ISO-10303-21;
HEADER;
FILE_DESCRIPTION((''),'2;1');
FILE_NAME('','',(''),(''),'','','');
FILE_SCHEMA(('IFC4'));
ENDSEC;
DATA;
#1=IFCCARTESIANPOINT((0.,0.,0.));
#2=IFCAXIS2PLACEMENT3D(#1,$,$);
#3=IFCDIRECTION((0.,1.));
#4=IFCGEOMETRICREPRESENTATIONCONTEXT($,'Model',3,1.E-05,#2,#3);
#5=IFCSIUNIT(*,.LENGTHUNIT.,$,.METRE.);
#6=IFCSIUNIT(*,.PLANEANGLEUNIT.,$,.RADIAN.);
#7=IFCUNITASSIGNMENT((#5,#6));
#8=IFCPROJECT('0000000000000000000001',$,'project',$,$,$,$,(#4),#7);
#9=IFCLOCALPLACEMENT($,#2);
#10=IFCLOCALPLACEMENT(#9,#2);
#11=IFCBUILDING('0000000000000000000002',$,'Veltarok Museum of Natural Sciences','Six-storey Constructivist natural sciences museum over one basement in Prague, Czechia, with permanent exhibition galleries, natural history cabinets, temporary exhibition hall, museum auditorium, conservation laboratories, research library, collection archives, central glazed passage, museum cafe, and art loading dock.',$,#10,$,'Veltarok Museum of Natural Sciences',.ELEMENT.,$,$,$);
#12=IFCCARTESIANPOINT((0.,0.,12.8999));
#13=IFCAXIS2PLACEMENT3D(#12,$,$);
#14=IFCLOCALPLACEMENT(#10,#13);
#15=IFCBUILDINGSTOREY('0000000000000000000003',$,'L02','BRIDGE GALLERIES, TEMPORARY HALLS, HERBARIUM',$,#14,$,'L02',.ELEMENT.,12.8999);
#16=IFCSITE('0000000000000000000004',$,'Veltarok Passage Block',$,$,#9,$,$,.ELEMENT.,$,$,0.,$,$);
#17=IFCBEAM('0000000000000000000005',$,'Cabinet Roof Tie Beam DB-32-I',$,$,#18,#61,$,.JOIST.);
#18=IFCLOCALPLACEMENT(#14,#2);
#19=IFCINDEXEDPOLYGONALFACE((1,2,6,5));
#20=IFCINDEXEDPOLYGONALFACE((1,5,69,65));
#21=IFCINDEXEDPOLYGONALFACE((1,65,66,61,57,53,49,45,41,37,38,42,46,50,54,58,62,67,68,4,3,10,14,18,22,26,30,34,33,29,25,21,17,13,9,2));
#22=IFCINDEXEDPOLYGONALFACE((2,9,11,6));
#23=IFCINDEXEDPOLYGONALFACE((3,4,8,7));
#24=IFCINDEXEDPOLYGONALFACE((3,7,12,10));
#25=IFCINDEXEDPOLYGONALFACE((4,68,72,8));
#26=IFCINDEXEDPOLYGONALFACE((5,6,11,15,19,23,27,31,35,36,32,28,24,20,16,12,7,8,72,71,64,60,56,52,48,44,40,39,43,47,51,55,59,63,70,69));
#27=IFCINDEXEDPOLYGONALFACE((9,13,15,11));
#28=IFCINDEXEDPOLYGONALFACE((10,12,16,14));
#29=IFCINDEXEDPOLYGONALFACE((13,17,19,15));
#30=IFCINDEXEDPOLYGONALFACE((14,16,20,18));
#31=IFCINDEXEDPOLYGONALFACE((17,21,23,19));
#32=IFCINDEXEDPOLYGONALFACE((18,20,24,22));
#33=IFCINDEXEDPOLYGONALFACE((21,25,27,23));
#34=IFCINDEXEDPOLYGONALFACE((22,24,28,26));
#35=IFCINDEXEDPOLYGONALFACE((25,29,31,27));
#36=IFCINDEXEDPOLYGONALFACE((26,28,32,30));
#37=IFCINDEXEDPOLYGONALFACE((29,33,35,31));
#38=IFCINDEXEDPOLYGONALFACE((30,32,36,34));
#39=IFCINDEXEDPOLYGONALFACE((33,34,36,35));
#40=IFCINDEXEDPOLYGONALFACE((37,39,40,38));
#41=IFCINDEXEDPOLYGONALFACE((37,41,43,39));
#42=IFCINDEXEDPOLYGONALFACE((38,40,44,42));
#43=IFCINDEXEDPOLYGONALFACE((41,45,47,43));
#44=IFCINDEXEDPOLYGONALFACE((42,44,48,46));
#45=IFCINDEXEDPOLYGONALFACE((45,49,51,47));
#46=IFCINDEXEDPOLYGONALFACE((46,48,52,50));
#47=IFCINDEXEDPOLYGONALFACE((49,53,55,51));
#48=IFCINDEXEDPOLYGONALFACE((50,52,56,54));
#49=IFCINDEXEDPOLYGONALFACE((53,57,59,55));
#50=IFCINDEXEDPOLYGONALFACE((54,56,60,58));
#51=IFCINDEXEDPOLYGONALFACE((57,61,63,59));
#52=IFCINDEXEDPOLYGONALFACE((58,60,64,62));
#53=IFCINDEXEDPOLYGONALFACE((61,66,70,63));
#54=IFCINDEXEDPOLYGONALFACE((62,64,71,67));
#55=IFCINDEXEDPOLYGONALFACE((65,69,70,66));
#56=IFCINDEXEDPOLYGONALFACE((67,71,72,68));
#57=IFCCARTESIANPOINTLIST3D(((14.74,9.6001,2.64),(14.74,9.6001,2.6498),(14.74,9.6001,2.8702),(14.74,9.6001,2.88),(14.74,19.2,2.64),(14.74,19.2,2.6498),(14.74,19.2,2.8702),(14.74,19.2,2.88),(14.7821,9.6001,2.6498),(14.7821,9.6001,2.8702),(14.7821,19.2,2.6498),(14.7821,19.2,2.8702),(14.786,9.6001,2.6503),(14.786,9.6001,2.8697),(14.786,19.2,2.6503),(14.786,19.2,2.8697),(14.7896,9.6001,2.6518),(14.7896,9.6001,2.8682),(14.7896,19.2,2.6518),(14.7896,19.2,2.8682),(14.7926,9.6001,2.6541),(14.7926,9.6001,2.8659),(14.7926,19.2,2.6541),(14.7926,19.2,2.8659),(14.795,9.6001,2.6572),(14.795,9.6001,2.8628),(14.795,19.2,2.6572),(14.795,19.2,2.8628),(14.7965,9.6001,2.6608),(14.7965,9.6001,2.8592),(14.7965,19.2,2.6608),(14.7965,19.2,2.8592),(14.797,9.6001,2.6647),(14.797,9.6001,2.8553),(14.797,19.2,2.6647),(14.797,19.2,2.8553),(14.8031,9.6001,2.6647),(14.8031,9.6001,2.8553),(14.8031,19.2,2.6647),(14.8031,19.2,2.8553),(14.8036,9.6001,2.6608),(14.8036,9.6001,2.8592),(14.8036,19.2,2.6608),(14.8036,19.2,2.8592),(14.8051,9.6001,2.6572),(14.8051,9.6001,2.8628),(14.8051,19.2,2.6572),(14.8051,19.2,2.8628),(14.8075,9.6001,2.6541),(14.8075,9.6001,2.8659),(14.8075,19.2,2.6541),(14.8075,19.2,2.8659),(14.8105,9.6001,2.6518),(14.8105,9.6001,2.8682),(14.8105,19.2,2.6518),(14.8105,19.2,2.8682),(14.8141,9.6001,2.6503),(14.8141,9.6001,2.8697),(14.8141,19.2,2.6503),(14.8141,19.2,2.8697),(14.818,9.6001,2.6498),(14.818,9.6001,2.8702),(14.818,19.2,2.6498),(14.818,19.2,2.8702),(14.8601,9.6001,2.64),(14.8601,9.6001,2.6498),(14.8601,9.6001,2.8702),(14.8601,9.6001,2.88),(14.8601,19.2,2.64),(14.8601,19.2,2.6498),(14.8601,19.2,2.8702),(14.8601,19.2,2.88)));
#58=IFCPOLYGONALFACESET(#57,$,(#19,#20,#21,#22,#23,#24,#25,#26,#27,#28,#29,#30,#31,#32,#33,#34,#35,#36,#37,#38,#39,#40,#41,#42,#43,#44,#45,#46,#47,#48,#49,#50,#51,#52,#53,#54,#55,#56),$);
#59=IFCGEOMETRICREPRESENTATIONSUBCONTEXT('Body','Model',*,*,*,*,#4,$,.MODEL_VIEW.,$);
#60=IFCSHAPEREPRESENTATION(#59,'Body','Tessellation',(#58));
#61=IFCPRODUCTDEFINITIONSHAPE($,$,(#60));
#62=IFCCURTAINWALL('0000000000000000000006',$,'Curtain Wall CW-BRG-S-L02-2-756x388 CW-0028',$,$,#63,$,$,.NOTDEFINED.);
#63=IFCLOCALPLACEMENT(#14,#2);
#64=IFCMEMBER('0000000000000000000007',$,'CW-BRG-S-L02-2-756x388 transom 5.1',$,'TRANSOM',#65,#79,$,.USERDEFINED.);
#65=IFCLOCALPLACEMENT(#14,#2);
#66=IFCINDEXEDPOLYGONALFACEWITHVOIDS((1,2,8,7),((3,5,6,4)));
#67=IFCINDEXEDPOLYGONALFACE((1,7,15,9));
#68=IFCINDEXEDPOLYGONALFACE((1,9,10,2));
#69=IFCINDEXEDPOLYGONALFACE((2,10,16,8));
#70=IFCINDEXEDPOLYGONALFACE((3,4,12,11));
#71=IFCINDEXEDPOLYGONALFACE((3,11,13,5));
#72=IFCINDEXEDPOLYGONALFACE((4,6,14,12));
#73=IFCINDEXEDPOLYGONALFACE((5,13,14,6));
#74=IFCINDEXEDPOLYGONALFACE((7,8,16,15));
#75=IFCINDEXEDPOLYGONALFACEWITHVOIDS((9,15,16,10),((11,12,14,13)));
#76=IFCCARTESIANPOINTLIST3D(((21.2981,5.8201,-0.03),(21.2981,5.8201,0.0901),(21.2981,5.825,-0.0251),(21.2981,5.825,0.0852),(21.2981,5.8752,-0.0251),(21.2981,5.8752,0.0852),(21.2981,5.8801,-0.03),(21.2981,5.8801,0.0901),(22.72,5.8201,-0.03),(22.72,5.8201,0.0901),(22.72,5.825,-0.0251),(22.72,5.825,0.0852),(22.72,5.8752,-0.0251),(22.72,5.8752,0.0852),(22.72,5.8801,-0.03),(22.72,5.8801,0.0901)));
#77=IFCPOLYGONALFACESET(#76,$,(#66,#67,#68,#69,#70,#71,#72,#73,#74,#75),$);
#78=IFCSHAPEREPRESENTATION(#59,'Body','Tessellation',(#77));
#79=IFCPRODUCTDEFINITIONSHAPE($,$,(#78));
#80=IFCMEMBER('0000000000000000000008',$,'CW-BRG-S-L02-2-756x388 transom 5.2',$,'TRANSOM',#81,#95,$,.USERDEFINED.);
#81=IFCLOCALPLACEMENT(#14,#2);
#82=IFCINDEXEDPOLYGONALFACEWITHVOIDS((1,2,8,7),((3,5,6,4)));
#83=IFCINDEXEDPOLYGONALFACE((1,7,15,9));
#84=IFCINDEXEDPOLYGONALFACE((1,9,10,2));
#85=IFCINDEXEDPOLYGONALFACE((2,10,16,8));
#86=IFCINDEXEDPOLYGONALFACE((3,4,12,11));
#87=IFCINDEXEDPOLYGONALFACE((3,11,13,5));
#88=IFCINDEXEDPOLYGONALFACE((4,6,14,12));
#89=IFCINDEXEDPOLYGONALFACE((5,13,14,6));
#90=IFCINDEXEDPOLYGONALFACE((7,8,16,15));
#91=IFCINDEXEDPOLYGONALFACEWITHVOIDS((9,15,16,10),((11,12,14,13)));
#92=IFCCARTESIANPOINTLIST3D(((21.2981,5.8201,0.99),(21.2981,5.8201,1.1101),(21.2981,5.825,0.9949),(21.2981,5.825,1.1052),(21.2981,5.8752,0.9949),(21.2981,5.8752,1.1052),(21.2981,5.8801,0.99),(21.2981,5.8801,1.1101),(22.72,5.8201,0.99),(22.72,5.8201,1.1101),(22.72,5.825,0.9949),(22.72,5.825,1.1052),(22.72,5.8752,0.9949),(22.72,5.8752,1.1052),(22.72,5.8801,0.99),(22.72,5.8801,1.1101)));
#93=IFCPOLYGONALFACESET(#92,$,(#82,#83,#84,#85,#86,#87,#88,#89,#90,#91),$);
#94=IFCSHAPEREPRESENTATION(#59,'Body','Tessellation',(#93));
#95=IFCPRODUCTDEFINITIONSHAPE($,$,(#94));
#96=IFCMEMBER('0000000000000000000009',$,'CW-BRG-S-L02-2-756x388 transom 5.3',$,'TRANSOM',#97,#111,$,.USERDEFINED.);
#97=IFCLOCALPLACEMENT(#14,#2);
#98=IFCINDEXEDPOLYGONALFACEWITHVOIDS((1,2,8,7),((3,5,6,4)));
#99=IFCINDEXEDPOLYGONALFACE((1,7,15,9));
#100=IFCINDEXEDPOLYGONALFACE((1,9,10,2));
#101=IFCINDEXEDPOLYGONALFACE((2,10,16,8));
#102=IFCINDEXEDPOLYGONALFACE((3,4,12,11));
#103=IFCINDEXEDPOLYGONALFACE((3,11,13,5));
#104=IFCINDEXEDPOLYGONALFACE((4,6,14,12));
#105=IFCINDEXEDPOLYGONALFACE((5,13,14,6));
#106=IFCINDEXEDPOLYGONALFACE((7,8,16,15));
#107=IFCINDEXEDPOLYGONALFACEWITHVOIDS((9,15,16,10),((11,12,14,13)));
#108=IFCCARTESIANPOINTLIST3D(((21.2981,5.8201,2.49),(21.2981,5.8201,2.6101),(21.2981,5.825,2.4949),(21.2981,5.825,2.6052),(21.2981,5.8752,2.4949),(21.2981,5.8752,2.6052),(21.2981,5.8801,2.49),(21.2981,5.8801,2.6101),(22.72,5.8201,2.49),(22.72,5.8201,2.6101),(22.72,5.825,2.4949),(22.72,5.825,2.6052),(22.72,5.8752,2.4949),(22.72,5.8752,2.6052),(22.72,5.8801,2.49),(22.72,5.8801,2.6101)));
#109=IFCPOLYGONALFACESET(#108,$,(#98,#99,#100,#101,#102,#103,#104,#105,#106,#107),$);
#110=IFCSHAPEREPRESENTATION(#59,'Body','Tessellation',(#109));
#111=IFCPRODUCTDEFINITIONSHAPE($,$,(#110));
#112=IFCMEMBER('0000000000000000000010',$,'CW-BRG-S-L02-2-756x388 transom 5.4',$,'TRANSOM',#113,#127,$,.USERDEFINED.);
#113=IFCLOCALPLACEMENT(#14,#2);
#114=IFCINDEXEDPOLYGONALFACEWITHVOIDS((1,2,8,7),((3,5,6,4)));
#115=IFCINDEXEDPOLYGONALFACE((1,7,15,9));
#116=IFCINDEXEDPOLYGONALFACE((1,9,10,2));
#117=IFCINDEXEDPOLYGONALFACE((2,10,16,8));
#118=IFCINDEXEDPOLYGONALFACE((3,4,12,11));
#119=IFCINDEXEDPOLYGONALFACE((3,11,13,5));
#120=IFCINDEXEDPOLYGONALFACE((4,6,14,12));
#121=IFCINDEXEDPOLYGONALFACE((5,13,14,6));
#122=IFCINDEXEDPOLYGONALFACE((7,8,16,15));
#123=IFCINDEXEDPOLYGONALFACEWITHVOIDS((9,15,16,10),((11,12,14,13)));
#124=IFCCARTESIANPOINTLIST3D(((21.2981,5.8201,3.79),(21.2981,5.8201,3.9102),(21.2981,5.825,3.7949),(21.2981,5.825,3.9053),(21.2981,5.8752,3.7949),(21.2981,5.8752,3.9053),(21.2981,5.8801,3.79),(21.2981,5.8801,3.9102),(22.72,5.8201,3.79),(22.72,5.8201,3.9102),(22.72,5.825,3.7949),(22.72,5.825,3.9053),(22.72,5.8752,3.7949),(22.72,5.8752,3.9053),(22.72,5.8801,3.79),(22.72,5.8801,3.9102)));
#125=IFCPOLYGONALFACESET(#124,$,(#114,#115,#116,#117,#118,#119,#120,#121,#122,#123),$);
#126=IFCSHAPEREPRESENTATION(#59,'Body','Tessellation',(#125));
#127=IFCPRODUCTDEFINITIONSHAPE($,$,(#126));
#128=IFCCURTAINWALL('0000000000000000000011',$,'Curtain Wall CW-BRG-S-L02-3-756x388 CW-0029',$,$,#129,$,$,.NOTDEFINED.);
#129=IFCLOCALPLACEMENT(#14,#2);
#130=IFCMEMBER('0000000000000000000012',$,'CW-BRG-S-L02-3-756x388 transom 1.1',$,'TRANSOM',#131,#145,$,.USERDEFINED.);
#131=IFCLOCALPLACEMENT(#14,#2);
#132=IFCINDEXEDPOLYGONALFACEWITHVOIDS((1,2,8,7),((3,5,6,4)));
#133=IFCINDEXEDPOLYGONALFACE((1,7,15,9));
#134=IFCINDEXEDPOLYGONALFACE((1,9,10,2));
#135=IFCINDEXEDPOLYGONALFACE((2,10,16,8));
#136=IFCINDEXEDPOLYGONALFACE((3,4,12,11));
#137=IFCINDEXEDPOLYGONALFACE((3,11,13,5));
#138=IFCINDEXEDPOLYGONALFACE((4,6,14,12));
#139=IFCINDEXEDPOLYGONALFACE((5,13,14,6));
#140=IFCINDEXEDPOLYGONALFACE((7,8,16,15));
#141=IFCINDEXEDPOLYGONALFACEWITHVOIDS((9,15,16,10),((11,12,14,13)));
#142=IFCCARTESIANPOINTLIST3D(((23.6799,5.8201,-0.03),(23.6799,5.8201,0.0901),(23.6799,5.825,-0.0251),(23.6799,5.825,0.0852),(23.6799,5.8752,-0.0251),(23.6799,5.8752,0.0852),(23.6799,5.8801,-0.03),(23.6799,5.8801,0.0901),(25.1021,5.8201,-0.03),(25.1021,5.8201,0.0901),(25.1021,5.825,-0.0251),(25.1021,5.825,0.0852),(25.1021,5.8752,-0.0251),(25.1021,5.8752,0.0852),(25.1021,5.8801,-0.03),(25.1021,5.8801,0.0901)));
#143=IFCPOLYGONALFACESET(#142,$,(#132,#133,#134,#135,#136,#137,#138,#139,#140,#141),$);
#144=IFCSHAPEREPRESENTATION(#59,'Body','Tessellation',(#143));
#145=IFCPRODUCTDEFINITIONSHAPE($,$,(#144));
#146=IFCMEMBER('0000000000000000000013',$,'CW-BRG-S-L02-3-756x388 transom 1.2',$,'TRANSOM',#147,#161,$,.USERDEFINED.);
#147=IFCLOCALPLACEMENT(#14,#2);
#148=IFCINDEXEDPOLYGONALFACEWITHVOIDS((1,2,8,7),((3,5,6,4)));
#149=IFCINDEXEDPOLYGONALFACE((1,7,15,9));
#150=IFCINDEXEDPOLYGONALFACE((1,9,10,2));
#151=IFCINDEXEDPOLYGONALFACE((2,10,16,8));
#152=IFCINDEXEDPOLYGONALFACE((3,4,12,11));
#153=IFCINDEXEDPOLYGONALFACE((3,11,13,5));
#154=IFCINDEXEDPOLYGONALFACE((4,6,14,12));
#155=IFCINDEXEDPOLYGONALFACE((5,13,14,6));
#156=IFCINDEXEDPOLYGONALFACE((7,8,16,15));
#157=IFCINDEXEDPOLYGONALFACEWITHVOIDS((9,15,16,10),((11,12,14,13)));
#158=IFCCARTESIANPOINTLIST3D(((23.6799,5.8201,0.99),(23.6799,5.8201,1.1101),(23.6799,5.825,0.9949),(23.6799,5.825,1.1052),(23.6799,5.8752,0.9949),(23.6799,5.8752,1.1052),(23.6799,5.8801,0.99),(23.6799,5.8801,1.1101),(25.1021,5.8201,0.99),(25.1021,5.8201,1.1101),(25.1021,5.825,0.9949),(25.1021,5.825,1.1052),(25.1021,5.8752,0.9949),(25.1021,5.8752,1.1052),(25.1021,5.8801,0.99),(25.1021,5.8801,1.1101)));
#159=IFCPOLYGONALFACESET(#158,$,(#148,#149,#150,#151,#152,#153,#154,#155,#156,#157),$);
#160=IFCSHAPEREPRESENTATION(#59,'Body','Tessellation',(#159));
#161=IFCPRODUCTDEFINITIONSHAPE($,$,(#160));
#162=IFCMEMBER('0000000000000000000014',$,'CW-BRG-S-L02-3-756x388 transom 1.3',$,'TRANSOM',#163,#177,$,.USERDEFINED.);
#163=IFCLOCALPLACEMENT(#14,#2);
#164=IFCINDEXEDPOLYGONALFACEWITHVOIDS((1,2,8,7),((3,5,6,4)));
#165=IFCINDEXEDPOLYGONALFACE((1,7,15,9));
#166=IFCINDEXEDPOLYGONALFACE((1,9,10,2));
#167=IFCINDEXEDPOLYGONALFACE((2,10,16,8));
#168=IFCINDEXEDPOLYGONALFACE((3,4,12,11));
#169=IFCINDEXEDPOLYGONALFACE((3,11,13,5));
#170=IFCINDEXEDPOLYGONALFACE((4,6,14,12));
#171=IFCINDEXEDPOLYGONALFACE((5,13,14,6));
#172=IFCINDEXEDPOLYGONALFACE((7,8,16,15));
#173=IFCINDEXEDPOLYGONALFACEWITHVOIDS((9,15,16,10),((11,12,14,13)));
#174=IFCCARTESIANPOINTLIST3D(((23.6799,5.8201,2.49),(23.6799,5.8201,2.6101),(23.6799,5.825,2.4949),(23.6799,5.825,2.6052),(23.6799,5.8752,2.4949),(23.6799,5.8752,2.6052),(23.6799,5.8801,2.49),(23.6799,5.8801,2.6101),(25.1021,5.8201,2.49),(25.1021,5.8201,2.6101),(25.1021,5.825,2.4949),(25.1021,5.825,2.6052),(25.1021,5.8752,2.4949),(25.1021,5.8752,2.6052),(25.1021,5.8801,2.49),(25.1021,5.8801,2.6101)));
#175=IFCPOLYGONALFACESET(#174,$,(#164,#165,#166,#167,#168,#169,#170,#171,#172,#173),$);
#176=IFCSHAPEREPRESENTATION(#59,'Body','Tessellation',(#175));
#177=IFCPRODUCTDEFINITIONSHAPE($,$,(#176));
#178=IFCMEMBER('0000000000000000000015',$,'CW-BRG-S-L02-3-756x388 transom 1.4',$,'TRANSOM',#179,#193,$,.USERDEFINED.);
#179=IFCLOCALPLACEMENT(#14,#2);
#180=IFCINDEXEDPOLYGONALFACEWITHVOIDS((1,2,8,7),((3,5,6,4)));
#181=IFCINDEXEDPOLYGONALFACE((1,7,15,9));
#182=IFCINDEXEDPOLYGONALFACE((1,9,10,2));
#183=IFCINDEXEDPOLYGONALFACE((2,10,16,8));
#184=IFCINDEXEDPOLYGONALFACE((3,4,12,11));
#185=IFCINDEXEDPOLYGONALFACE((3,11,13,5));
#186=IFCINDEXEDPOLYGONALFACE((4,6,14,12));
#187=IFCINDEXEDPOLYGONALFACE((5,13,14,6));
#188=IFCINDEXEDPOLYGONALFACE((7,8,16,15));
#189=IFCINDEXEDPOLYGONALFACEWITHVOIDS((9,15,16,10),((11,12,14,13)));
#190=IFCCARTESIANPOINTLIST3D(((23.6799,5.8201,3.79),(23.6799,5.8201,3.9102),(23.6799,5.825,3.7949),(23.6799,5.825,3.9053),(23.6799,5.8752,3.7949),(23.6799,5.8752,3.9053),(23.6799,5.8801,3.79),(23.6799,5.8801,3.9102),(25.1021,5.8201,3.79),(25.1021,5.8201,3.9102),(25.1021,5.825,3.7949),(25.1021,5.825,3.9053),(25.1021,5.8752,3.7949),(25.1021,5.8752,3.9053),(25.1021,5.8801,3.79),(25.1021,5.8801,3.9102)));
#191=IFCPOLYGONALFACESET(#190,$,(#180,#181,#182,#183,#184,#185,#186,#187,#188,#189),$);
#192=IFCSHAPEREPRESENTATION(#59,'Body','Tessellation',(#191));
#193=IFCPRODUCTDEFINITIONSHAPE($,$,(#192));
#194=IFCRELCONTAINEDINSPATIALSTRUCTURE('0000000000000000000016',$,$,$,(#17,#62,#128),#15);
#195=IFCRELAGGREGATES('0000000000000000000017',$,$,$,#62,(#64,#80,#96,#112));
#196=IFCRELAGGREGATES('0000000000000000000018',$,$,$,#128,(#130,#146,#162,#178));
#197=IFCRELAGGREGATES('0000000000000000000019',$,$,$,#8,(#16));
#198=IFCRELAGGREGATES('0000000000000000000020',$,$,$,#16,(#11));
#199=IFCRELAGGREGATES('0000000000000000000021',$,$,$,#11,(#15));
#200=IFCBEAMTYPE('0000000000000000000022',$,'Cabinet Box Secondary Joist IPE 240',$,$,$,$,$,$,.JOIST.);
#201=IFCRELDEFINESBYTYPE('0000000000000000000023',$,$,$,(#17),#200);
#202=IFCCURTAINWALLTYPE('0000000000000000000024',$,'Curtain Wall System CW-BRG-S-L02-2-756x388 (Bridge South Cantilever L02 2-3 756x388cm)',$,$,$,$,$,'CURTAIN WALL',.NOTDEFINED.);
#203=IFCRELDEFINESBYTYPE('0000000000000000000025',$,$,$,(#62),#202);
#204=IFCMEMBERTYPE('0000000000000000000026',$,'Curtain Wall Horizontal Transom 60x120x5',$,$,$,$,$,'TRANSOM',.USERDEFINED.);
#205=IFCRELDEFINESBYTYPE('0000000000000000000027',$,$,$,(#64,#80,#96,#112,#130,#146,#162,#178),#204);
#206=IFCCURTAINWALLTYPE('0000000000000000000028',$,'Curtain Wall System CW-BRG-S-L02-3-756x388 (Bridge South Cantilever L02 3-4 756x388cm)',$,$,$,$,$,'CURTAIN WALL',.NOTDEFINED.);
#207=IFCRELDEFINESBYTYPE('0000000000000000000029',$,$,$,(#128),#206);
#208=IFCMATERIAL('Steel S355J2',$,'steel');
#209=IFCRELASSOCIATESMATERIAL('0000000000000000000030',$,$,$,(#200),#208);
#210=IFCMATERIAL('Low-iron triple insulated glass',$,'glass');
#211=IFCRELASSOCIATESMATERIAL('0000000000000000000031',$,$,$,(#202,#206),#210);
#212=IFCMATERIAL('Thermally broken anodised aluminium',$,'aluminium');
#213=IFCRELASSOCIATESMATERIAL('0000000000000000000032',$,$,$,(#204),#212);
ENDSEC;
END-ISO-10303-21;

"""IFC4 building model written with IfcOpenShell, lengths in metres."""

from ifc_helpers import new_model, si_unit, direction, frame, origin, origin_2d, place, context, subcontext, project, spatial, hollow_rectangle, i_section, extrude, material, material_profile, profile_set, type_object, element, aggregate, save


model = new_model("IFC4")

# Units and contexts
model_context = context("Model", 3, precision=1e-05, world=origin(), true_north=direction((0.0, 1.0)))
body_context = subcontext(model_context, "Body", "Model", "MODEL_VIEW")
ifc_project = project(units=[si_unit("LENGTHUNIT", "METRE"), si_unit("PLANEANGLEUNIT", "RADIAN")], contexts=[model_context])

# Site, building, storey
site_placement = place(None, origin())
site = spatial("IfcSite", under=ifc_project, at=site_placement, Name="Veltarok Passage Block", CompositionType="ELEMENT", RefElevation=0.0)
building_placement = place(site_placement, origin())
building = spatial("IfcBuilding", under=site, at=building_placement, Name="Veltarok Museum of Natural Sciences", Description="Six-storey Constructivist natural sciences museum over one basement in Prague, Czechia, with permanent exhibition galleries, natural history cabinets, temporary exhibition hall, museum auditorium, conservation laboratories, research library, collection archives, central glazed passage, museum cafe, and art loading dock.", LongName="Veltarok Museum of Natural Sciences", CompositionType="ELEMENT")
storey_placement = place(building_placement, frame((0.0, 0.0, 12.8999)))
storey = spatial("IfcBuildingStorey", under=building, at=storey_placement, Name="L02", Description="BRIDGE GALLERIES, TEMPORARY HALLS, HERBARIUM", LongName="L02", CompositionType="ELEMENT", Elevation=12.8999)

# Shared definitions
ifc_material_1 = material(Name="Steel S355J2", Category="steel")

# Beam
ifc_material_profile_1 = material_profile(ifc_material_1, i_section(OverallWidth=0.1201, OverallDepth=0.24, WebThickness=0.0061, FlangeThickness=0.0098, FilletRadius=0.0149, at=origin_2d()), Name="IPE 240")
ifc_profile_set_1 = profile_set([ifc_material_profile_1], Name="Steel S355J2")
beam_type_1 = type_object("IfcBeamType", Name="Cabinet Box Secondary Joist IPE 240", PredefinedType="JOIST", material=ifc_profile_set_1)
beam_1_placement = place(storey_placement, frame((14.8, 9.6001, 2.76), z_axis=(0.0, 1.0, 0.0), x_axis=(-1.0, 0.0, 0.0)))
element("IfcBeam", 1, at=beam_1_placement, inside=storey, type_object=beam_type_1, Name="Cabinet Roof Tie Beam DB-32-I", PredefinedType="JOIST", context=body_context, shape_type="SweptSolid", body=[
    extrude(i_section(OverallWidth=0.1201, OverallDepth=0.24, WebThickness=0.0061, FlangeThickness=0.0098, FilletRadius=0.0149, at=origin_2d()), origin(), (0.0, 0.0, 1.0), 9.5999),
])

# Curtain walls, members
ifc_material_2 = material(Name="Low-iron triple insulated glass", Category="glass")
curtain_wall_type_1 = type_object("IfcCurtainWallType", Name="Curtain Wall System CW-BRG-S-L02-2-756x388 (Bridge South Cantilever L02 2-3 756x388cm)", ElementType="CURTAIN WALL", PredefinedType="NOTDEFINED", material=ifc_material_2)
curtain_wall_1_placement = place(storey_placement, origin())
curtain_wall_1 = element("IfcCurtainWall", 2, at=curtain_wall_1_placement, inside=storey, type_object=curtain_wall_type_1, Name="Curtain Wall CW-BRG-S-L02-2-756x388 CW-0028", PredefinedType="NOTDEFINED")
ifc_material_3 = material(Name="Thermally broken anodised aluminium", Category="aluminium")
ifc_material_profile_2 = material_profile(ifc_material_3, hollow_rectangle(XDim=0.0601, YDim=0.1201, WallThickness=0.0049, at=origin_2d()), Name="CW TRANSOM 60x120x5")
ifc_profile_set_2 = profile_set([ifc_material_profile_2], Name="Thermally broken anodised aluminium")
member_type_1 = type_object("IfcMemberType", Name="Curtain Wall Horizontal Transom 60x120x5", ElementType="TRANSOM", PredefinedType="USERDEFINED", material=ifc_profile_set_2)
member_1_placement = place(storey_placement, frame((21.2981, 5.8501, 0.03), z_axis=(1.0, 0.0, 0.0), x_axis=(0.0, 1.0, 0.0)))
member_1 = element("IfcMember", 3, at=member_1_placement, type_object=member_type_1, Name="CW-BRG-S-L02-2-756x388 transom 5.1", ObjectType="TRANSOM", PredefinedType="USERDEFINED", context=body_context, shape_type="SweptSolid", body=[
    extrude(hollow_rectangle(XDim=0.0601, YDim=0.1201, WallThickness=0.0049, at=origin_2d()), origin(), (0.0, 0.0, 1.0), 1.4219),
])
member_2_placement = place(storey_placement, frame((21.2981, 5.8501, 1.05), z_axis=(1.0, 0.0, 0.0), x_axis=(0.0, 1.0, 0.0)))
member_2 = element("IfcMember", 4, at=member_2_placement, type_object=member_type_1, Name="CW-BRG-S-L02-2-756x388 transom 5.2", ObjectType="TRANSOM", PredefinedType="USERDEFINED", context=body_context, shape_type="SweptSolid", body=[
    extrude(hollow_rectangle(XDim=0.0601, YDim=0.1201, WallThickness=0.0049, at=origin_2d()), origin(), (0.0, 0.0, 1.0), 1.4219),
])
member_3_placement = place(storey_placement, frame((21.2981, 5.8501, 2.55), z_axis=(1.0, 0.0, 0.0), x_axis=(0.0, 1.0, 0.0)))
member_3 = element("IfcMember", 5, at=member_3_placement, type_object=member_type_1, Name="CW-BRG-S-L02-2-756x388 transom 5.3", ObjectType="TRANSOM", PredefinedType="USERDEFINED", context=body_context, shape_type="SweptSolid", body=[
    extrude(hollow_rectangle(XDim=0.0601, YDim=0.1201, WallThickness=0.0049, at=origin_2d()), origin(), (0.0, 0.0, 1.0), 1.4219),
])
member_4_placement = place(storey_placement, frame((21.2981, 5.8501, 3.8501), z_axis=(1.0, 0.0, 0.0), x_axis=(0.0, 1.0, 0.0)))
member_4 = element("IfcMember", 6, at=member_4_placement, type_object=member_type_1, Name="CW-BRG-S-L02-2-756x388 transom 5.4", ObjectType="TRANSOM", PredefinedType="USERDEFINED", context=body_context, shape_type="SweptSolid", body=[
    extrude(hollow_rectangle(XDim=0.0601, YDim=0.1201, WallThickness=0.0049, at=origin_2d()), origin(), (0.0, 0.0, 1.0), 1.4219),
])
curtain_wall_type_2 = type_object("IfcCurtainWallType", Name="Curtain Wall System CW-BRG-S-L02-3-756x388 (Bridge South Cantilever L02 3-4 756x388cm)", ElementType="CURTAIN WALL", PredefinedType="NOTDEFINED", material=ifc_material_2)
curtain_wall_2_placement = place(storey_placement, origin())
curtain_wall_2 = element("IfcCurtainWall", 7, at=curtain_wall_2_placement, inside=storey, type_object=curtain_wall_type_2, Name="Curtain Wall CW-BRG-S-L02-3-756x388 CW-0029", PredefinedType="NOTDEFINED")
member_5_placement = place(storey_placement, frame((23.6799, 5.8501, 0.03), z_axis=(1.0, 0.0, 0.0), x_axis=(0.0, 1.0, 0.0)))
member_5 = element("IfcMember", 8, at=member_5_placement, type_object=member_type_1, Name="CW-BRG-S-L02-3-756x388 transom 1.1", ObjectType="TRANSOM", PredefinedType="USERDEFINED", context=body_context, shape_type="SweptSolid", body=[
    extrude(hollow_rectangle(XDim=0.0601, YDim=0.1201, WallThickness=0.0049, at=origin_2d()), origin(), (0.0, 0.0, 1.0), 1.4221),
])
member_6_placement = place(storey_placement, frame((23.6799, 5.8501, 1.05), z_axis=(1.0, 0.0, 0.0), x_axis=(0.0, 1.0, 0.0)))
member_6 = element("IfcMember", 9, at=member_6_placement, type_object=member_type_1, Name="CW-BRG-S-L02-3-756x388 transom 1.2", ObjectType="TRANSOM", PredefinedType="USERDEFINED", context=body_context, shape_type="SweptSolid", body=[
    extrude(hollow_rectangle(XDim=0.0601, YDim=0.1201, WallThickness=0.0049, at=origin_2d()), origin(), (0.0, 0.0, 1.0), 1.4221),
])
member_7_placement = place(storey_placement, frame((23.6799, 5.8501, 2.55), z_axis=(1.0, 0.0, 0.0), x_axis=(0.0, 1.0, 0.0)))
member_7 = element("IfcMember", 10, at=member_7_placement, type_object=member_type_1, Name="CW-BRG-S-L02-3-756x388 transom 1.3", ObjectType="TRANSOM", PredefinedType="USERDEFINED", context=body_context, shape_type="SweptSolid", body=[
    extrude(hollow_rectangle(XDim=0.0601, YDim=0.1201, WallThickness=0.0049, at=origin_2d()), origin(), (0.0, 0.0, 1.0), 1.4221),
])
member_8_placement = place(storey_placement, frame((23.6799, 5.8501, 3.8501), z_axis=(1.0, 0.0, 0.0), x_axis=(0.0, 1.0, 0.0)))
member_8 = element("IfcMember", 11, at=member_8_placement, type_object=member_type_1, Name="CW-BRG-S-L02-3-756x388 transom 1.4", ObjectType="TRANSOM", PredefinedType="USERDEFINED", context=body_context, shape_type="SweptSolid", body=[
    extrude(hollow_rectangle(XDim=0.0601, YDim=0.1201, WallThickness=0.0049, at=origin_2d()), origin(), (0.0, 0.0, 1.0), 1.4221),
])

aggregate(curtain_wall_1, [member_1, member_2, member_3, member_4])
aggregate(curtain_wall_2, [member_5, member_6, member_7, member_8])

save(model, "model.ifc")
